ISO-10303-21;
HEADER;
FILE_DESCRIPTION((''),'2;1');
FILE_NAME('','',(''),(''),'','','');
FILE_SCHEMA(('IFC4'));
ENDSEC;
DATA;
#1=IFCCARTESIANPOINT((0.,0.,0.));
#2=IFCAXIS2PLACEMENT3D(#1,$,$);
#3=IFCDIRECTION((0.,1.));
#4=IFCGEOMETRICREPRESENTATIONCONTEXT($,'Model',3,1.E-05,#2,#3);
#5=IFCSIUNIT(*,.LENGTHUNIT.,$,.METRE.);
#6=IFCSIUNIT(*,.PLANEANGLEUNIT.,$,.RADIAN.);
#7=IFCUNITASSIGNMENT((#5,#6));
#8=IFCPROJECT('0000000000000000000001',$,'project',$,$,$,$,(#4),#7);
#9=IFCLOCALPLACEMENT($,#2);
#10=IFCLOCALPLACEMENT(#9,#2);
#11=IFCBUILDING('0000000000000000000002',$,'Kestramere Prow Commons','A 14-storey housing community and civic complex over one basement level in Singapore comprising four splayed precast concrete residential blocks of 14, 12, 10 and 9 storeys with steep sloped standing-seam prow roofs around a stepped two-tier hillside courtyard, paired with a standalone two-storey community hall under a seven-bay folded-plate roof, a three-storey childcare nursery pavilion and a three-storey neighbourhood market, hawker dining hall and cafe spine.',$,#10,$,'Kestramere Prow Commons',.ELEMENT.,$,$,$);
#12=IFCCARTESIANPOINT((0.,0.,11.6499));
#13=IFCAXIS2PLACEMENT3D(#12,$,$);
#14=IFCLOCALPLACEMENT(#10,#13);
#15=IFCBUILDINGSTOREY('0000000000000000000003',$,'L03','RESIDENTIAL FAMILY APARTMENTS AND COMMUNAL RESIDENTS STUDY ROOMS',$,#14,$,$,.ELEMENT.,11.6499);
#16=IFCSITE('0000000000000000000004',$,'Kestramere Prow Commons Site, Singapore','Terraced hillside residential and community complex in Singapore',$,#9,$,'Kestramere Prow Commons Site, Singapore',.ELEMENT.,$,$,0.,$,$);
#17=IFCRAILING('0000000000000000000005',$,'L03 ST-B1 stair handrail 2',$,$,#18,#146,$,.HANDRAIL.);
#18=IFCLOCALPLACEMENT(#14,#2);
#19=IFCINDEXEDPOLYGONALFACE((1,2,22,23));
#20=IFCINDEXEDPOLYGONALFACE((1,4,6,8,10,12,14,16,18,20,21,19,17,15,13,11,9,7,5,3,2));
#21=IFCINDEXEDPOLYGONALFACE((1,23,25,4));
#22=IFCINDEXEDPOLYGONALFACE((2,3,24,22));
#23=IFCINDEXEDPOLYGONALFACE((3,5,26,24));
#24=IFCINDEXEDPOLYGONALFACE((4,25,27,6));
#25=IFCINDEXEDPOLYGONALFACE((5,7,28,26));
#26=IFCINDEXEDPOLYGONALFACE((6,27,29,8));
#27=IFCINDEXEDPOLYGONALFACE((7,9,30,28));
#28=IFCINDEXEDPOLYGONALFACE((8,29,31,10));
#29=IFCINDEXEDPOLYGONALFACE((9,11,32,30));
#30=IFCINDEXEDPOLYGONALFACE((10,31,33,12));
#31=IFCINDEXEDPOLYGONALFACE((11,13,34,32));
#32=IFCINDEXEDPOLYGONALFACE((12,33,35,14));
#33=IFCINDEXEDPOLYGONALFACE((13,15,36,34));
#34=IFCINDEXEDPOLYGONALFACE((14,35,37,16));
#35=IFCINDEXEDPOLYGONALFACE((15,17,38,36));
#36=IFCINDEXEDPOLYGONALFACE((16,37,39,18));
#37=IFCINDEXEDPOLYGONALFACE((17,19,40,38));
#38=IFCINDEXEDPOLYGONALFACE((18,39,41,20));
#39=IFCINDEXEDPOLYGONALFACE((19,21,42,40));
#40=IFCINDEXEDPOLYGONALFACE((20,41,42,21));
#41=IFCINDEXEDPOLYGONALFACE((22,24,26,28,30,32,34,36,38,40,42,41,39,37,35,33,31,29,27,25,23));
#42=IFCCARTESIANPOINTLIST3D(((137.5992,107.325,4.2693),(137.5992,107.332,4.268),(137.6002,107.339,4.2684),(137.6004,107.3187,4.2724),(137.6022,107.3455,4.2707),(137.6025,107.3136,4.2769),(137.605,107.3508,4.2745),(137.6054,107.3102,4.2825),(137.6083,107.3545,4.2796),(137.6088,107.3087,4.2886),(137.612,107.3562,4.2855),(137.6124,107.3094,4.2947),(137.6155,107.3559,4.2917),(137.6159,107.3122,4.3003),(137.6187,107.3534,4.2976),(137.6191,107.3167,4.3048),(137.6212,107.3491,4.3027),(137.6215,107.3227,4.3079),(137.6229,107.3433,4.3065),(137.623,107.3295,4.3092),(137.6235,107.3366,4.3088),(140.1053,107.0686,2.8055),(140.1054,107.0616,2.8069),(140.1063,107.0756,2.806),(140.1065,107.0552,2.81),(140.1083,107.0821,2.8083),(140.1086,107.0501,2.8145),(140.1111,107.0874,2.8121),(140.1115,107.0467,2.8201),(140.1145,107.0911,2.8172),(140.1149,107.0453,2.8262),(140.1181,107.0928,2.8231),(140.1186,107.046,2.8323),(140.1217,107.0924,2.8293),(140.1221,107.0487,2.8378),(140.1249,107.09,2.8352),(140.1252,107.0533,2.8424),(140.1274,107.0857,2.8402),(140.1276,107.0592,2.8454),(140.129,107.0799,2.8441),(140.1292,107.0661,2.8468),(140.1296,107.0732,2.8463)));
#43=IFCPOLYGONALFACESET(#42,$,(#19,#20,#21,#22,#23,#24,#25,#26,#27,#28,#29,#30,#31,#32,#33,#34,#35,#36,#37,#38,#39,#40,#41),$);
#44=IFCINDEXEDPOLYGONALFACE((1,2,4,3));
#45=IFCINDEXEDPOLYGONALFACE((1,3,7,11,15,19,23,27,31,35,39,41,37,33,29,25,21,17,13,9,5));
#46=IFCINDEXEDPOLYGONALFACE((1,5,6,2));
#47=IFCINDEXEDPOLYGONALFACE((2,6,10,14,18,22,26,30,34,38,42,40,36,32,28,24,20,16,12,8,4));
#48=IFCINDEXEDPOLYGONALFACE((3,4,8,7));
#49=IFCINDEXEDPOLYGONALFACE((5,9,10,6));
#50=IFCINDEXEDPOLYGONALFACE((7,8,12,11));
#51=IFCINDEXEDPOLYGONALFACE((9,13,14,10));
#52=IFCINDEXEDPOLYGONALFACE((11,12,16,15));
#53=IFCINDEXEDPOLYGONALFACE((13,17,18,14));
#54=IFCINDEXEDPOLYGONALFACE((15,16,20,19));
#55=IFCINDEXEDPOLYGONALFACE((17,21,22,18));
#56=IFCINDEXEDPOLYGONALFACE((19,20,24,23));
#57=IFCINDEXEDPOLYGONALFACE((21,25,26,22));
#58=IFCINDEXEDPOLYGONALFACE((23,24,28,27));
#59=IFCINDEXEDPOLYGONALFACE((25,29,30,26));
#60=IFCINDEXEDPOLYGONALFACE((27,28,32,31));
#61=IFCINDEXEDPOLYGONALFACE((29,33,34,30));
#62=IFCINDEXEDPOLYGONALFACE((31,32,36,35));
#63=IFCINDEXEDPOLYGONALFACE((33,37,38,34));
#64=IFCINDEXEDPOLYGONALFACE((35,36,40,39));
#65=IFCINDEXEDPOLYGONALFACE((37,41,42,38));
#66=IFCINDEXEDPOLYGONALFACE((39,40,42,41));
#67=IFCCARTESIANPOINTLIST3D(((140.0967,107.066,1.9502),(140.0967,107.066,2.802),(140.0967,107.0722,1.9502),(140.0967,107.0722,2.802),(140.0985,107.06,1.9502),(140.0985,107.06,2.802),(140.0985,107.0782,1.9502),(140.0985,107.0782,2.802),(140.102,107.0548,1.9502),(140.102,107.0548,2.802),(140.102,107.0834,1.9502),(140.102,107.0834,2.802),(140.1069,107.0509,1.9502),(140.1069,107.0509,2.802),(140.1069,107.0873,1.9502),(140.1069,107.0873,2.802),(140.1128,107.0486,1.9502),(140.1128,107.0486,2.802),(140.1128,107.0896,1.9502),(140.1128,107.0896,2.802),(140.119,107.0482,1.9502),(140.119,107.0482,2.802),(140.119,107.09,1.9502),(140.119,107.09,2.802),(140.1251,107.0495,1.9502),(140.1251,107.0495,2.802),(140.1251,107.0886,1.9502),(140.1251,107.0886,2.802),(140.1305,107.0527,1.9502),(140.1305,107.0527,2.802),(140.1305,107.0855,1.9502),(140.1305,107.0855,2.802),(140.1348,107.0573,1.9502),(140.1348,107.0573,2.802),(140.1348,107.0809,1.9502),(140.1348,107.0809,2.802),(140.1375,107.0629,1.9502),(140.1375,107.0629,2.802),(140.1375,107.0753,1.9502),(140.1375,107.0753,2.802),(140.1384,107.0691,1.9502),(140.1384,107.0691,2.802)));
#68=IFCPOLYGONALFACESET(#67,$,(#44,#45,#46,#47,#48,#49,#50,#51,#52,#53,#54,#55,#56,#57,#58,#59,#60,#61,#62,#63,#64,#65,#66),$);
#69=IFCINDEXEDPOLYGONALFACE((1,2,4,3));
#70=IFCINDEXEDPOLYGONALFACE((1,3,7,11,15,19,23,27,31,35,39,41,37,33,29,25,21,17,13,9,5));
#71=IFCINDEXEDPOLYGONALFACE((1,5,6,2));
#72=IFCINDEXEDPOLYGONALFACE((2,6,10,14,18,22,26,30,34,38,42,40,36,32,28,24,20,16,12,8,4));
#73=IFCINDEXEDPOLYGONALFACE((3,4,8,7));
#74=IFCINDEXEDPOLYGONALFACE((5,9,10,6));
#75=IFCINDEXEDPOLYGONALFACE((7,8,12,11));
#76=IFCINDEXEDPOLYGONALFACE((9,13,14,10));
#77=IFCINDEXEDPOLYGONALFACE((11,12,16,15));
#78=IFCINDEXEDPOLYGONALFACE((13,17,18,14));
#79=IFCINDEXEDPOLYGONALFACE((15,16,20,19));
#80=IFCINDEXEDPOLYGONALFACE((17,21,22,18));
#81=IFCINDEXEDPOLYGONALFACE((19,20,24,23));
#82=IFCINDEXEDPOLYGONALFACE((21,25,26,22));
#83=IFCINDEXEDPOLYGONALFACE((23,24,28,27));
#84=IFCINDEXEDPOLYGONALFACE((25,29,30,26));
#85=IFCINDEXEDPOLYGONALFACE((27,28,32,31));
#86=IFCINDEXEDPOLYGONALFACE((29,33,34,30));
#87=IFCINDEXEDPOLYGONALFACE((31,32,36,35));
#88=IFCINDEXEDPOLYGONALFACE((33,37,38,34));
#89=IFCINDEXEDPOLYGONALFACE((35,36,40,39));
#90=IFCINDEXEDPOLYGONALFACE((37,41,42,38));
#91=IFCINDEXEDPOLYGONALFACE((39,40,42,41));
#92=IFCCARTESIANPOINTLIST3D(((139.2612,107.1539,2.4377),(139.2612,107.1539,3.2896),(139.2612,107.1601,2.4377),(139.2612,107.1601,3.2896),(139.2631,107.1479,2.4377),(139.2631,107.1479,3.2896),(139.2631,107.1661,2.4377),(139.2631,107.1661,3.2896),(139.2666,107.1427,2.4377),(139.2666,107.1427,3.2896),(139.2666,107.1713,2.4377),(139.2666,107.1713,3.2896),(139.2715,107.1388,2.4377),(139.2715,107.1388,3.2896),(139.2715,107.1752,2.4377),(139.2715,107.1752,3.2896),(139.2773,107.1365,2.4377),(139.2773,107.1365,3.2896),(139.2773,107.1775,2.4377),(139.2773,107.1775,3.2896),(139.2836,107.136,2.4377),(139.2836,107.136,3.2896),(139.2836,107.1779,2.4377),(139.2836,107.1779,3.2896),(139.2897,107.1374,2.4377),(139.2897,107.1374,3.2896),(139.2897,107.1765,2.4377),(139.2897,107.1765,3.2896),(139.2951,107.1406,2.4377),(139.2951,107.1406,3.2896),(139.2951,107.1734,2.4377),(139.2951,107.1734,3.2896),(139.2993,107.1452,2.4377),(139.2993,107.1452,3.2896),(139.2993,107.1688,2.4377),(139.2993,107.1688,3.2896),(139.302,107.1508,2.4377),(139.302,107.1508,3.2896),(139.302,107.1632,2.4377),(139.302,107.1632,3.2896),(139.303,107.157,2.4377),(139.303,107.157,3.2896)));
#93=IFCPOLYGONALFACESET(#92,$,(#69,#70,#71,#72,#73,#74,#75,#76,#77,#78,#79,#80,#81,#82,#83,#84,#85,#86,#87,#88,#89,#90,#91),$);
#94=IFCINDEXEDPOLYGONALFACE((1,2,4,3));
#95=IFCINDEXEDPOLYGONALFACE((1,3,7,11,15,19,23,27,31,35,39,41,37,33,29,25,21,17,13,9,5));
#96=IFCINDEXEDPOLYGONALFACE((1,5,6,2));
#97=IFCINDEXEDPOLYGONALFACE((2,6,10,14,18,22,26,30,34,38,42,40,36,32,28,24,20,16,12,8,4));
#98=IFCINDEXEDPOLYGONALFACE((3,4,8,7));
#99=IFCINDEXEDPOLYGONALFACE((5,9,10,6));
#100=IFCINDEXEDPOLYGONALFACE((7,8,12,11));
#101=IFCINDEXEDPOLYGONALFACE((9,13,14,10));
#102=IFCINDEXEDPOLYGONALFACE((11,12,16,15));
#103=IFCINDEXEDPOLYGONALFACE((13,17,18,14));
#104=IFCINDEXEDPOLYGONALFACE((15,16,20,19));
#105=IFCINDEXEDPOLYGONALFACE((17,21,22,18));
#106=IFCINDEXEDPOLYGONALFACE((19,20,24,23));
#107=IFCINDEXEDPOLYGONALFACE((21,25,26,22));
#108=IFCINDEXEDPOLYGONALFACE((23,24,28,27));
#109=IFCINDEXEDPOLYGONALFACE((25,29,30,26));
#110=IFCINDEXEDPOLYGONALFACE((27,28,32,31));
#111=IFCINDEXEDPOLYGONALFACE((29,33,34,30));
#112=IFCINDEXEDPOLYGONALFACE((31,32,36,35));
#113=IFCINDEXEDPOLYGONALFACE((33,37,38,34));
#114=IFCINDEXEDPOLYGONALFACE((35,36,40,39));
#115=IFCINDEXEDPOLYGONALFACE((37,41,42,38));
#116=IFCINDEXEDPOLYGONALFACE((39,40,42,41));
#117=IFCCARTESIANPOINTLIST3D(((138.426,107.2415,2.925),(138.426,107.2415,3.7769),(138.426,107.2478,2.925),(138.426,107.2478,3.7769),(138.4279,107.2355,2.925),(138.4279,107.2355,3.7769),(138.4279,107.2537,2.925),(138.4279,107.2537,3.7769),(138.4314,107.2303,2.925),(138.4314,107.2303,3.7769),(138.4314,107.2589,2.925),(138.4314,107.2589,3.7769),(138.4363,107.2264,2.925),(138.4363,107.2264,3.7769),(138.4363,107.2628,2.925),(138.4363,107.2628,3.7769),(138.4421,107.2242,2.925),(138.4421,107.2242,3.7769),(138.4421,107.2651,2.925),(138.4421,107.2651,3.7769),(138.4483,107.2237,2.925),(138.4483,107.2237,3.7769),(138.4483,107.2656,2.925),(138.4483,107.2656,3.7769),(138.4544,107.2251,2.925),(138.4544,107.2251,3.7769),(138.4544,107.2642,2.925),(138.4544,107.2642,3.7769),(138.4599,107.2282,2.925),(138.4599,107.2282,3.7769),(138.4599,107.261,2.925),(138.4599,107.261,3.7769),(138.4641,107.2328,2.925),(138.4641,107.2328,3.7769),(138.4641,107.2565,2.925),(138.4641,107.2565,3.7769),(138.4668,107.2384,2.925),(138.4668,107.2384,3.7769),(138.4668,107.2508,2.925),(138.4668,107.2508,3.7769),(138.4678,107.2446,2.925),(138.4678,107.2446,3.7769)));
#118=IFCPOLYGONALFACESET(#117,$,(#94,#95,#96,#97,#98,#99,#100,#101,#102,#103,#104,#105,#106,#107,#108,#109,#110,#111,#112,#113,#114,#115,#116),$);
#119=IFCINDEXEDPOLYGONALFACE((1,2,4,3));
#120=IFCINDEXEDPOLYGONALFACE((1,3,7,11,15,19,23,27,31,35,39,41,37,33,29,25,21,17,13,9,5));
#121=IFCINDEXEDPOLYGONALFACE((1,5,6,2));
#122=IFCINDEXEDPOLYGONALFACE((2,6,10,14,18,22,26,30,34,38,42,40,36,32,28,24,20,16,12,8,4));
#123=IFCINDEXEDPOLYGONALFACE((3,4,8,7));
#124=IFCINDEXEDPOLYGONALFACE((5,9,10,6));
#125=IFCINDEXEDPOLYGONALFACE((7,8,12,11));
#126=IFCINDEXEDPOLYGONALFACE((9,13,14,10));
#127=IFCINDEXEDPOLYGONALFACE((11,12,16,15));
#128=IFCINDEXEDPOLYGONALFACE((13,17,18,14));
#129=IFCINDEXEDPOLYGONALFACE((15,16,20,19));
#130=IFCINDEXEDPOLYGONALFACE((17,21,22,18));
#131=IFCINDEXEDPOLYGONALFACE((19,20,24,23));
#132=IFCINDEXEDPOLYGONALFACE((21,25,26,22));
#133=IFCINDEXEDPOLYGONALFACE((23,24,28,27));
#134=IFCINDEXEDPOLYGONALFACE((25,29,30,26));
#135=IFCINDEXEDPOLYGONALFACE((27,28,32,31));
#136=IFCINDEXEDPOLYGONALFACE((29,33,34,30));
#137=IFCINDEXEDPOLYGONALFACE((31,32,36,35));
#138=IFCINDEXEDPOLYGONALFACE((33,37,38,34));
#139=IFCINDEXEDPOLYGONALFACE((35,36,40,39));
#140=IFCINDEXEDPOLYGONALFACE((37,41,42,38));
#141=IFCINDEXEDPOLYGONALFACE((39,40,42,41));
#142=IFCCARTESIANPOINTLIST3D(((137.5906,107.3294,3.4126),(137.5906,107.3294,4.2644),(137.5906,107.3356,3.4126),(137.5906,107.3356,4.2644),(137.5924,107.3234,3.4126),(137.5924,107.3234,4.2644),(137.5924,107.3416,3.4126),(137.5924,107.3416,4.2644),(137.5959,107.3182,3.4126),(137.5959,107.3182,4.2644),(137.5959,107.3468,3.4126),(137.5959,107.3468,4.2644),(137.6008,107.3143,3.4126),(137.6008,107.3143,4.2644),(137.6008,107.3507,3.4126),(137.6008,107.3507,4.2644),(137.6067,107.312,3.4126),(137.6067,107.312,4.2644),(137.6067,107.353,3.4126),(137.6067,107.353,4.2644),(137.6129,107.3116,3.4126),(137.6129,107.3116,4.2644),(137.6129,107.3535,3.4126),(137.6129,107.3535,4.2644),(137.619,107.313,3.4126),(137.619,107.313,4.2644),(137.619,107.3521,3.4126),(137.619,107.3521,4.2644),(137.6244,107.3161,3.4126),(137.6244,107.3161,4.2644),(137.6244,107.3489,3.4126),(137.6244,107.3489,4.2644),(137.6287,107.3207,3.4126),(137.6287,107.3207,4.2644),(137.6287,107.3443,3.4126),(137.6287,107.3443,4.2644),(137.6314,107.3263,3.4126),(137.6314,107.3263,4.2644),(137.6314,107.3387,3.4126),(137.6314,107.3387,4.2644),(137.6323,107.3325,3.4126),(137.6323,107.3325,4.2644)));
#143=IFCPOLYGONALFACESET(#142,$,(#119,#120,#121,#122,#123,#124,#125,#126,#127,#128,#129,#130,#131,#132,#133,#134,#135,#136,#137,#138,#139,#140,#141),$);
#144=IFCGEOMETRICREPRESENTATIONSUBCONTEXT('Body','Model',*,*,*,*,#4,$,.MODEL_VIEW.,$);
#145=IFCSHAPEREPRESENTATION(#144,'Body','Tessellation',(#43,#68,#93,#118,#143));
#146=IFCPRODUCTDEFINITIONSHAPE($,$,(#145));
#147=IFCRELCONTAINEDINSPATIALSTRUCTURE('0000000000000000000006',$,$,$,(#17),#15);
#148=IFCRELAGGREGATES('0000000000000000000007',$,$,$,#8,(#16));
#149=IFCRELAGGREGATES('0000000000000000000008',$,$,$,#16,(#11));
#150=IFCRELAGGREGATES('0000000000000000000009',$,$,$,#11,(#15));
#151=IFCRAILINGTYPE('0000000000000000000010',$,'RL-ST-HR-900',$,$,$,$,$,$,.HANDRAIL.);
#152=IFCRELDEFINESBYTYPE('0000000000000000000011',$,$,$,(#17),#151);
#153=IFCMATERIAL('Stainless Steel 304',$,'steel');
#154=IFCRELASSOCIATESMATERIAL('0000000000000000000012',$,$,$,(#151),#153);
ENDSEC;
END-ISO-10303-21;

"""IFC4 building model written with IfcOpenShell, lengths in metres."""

from ifc_helpers import new_model, si_unit, direction, frame, origin, origin_2d, place, context, subcontext, project, spatial, circle, extrude, material, type_object, element, save


model = new_model("IFC4")

# Units and contexts
model_context = context("Model", 3, precision=1e-05, world=origin(), true_north=direction((0.0, 1.0)))
body_context = subcontext(model_context, "Body", "Model", "MODEL_VIEW")
ifc_project = project(units=[si_unit("LENGTHUNIT", "METRE"), si_unit("PLANEANGLEUNIT", "RADIAN")], contexts=[model_context])

# Site, building, storey
site_placement = place(None, origin())
site = spatial("IfcSite", under=ifc_project, at=site_placement, Name="Kestramere Prow Commons Site, Singapore", Description="Terraced hillside residential and community complex in Singapore", LongName="Kestramere Prow Commons Site, Singapore", CompositionType="ELEMENT", RefElevation=0.0)
building_placement = place(site_placement, origin())
building = spatial("IfcBuilding", under=site, at=building_placement, Name="Kestramere Prow Commons", Description="A 14-storey housing community and civic complex over one basement level in Singapore comprising four splayed precast concrete residential blocks of 14, 12, 10 and 9 storeys with steep sloped standing-seam prow roofs around a stepped two-tier hillside courtyard, paired with a standalone two-storey community hall under a seven-bay folded-plate roof, a three-storey childcare nursery pavilion and a three-storey neighbourhood market, hawker dining hall and cafe spine.", LongName="Kestramere Prow Commons", CompositionType="ELEMENT")
storey_placement = place(building_placement, frame((0.0, 0.0, 11.6499)))
storey = spatial("IfcBuildingStorey", under=building, at=storey_placement, Name="L03", Description="RESIDENTIAL FAMILY APARTMENTS AND COMMUNAL RESIDENTS STUDY ROOMS", CompositionType="ELEMENT", Elevation=11.6499)

# Railing
ifc_material_1 = material(Name="Stainless Steel 304", Category="steel")
railing_type_1 = type_object("IfcRailingType", Name="RL-ST-HR-900", PredefinedType="HANDRAIL", material=ifc_material_1)
railing_1_placement = place(storey_placement, frame((140.1174, 107.0691, 1.9502)))
element("IfcRailing", 1, at=railing_1_placement, inside=storey, type_object=railing_type_1, Name="L03 ST-B1 stair handrail 2", PredefinedType="HANDRAIL", context=body_context, shape_type="SweptSolid", body=[
    extrude(circle(Radius=0.0239, at=origin_2d()), frame((0.0, 0.0, 0.876), z_axis=(-0.860165, 0.090416, 0.501937), x_axis=(-0.104539, -0.994521, 0.0)), (0.0, 0.0, 1.0), 2.9136),
    extrude(circle(Radius=0.021, at=origin_2d()), origin(), (0.0, 0.0, 1.0), 0.8518),
    extrude(circle(Radius=0.021, at=origin_2d()), frame((-0.8354, 0.0879, 0.4875)), (0.0, 0.0, 1.0), 0.8518),
    extrude(circle(Radius=0.021, at=origin_2d()), frame((-1.6707, 0.1755, 0.9749)), (0.0, 0.0, 1.0), 0.8518),
    extrude(circle(Radius=0.021, at=origin_2d()), frame((-2.5061, 0.2634, 1.4624)), (0.0, 0.0, 1.0), 0.8518),
])

save(model, "model.ifc")
